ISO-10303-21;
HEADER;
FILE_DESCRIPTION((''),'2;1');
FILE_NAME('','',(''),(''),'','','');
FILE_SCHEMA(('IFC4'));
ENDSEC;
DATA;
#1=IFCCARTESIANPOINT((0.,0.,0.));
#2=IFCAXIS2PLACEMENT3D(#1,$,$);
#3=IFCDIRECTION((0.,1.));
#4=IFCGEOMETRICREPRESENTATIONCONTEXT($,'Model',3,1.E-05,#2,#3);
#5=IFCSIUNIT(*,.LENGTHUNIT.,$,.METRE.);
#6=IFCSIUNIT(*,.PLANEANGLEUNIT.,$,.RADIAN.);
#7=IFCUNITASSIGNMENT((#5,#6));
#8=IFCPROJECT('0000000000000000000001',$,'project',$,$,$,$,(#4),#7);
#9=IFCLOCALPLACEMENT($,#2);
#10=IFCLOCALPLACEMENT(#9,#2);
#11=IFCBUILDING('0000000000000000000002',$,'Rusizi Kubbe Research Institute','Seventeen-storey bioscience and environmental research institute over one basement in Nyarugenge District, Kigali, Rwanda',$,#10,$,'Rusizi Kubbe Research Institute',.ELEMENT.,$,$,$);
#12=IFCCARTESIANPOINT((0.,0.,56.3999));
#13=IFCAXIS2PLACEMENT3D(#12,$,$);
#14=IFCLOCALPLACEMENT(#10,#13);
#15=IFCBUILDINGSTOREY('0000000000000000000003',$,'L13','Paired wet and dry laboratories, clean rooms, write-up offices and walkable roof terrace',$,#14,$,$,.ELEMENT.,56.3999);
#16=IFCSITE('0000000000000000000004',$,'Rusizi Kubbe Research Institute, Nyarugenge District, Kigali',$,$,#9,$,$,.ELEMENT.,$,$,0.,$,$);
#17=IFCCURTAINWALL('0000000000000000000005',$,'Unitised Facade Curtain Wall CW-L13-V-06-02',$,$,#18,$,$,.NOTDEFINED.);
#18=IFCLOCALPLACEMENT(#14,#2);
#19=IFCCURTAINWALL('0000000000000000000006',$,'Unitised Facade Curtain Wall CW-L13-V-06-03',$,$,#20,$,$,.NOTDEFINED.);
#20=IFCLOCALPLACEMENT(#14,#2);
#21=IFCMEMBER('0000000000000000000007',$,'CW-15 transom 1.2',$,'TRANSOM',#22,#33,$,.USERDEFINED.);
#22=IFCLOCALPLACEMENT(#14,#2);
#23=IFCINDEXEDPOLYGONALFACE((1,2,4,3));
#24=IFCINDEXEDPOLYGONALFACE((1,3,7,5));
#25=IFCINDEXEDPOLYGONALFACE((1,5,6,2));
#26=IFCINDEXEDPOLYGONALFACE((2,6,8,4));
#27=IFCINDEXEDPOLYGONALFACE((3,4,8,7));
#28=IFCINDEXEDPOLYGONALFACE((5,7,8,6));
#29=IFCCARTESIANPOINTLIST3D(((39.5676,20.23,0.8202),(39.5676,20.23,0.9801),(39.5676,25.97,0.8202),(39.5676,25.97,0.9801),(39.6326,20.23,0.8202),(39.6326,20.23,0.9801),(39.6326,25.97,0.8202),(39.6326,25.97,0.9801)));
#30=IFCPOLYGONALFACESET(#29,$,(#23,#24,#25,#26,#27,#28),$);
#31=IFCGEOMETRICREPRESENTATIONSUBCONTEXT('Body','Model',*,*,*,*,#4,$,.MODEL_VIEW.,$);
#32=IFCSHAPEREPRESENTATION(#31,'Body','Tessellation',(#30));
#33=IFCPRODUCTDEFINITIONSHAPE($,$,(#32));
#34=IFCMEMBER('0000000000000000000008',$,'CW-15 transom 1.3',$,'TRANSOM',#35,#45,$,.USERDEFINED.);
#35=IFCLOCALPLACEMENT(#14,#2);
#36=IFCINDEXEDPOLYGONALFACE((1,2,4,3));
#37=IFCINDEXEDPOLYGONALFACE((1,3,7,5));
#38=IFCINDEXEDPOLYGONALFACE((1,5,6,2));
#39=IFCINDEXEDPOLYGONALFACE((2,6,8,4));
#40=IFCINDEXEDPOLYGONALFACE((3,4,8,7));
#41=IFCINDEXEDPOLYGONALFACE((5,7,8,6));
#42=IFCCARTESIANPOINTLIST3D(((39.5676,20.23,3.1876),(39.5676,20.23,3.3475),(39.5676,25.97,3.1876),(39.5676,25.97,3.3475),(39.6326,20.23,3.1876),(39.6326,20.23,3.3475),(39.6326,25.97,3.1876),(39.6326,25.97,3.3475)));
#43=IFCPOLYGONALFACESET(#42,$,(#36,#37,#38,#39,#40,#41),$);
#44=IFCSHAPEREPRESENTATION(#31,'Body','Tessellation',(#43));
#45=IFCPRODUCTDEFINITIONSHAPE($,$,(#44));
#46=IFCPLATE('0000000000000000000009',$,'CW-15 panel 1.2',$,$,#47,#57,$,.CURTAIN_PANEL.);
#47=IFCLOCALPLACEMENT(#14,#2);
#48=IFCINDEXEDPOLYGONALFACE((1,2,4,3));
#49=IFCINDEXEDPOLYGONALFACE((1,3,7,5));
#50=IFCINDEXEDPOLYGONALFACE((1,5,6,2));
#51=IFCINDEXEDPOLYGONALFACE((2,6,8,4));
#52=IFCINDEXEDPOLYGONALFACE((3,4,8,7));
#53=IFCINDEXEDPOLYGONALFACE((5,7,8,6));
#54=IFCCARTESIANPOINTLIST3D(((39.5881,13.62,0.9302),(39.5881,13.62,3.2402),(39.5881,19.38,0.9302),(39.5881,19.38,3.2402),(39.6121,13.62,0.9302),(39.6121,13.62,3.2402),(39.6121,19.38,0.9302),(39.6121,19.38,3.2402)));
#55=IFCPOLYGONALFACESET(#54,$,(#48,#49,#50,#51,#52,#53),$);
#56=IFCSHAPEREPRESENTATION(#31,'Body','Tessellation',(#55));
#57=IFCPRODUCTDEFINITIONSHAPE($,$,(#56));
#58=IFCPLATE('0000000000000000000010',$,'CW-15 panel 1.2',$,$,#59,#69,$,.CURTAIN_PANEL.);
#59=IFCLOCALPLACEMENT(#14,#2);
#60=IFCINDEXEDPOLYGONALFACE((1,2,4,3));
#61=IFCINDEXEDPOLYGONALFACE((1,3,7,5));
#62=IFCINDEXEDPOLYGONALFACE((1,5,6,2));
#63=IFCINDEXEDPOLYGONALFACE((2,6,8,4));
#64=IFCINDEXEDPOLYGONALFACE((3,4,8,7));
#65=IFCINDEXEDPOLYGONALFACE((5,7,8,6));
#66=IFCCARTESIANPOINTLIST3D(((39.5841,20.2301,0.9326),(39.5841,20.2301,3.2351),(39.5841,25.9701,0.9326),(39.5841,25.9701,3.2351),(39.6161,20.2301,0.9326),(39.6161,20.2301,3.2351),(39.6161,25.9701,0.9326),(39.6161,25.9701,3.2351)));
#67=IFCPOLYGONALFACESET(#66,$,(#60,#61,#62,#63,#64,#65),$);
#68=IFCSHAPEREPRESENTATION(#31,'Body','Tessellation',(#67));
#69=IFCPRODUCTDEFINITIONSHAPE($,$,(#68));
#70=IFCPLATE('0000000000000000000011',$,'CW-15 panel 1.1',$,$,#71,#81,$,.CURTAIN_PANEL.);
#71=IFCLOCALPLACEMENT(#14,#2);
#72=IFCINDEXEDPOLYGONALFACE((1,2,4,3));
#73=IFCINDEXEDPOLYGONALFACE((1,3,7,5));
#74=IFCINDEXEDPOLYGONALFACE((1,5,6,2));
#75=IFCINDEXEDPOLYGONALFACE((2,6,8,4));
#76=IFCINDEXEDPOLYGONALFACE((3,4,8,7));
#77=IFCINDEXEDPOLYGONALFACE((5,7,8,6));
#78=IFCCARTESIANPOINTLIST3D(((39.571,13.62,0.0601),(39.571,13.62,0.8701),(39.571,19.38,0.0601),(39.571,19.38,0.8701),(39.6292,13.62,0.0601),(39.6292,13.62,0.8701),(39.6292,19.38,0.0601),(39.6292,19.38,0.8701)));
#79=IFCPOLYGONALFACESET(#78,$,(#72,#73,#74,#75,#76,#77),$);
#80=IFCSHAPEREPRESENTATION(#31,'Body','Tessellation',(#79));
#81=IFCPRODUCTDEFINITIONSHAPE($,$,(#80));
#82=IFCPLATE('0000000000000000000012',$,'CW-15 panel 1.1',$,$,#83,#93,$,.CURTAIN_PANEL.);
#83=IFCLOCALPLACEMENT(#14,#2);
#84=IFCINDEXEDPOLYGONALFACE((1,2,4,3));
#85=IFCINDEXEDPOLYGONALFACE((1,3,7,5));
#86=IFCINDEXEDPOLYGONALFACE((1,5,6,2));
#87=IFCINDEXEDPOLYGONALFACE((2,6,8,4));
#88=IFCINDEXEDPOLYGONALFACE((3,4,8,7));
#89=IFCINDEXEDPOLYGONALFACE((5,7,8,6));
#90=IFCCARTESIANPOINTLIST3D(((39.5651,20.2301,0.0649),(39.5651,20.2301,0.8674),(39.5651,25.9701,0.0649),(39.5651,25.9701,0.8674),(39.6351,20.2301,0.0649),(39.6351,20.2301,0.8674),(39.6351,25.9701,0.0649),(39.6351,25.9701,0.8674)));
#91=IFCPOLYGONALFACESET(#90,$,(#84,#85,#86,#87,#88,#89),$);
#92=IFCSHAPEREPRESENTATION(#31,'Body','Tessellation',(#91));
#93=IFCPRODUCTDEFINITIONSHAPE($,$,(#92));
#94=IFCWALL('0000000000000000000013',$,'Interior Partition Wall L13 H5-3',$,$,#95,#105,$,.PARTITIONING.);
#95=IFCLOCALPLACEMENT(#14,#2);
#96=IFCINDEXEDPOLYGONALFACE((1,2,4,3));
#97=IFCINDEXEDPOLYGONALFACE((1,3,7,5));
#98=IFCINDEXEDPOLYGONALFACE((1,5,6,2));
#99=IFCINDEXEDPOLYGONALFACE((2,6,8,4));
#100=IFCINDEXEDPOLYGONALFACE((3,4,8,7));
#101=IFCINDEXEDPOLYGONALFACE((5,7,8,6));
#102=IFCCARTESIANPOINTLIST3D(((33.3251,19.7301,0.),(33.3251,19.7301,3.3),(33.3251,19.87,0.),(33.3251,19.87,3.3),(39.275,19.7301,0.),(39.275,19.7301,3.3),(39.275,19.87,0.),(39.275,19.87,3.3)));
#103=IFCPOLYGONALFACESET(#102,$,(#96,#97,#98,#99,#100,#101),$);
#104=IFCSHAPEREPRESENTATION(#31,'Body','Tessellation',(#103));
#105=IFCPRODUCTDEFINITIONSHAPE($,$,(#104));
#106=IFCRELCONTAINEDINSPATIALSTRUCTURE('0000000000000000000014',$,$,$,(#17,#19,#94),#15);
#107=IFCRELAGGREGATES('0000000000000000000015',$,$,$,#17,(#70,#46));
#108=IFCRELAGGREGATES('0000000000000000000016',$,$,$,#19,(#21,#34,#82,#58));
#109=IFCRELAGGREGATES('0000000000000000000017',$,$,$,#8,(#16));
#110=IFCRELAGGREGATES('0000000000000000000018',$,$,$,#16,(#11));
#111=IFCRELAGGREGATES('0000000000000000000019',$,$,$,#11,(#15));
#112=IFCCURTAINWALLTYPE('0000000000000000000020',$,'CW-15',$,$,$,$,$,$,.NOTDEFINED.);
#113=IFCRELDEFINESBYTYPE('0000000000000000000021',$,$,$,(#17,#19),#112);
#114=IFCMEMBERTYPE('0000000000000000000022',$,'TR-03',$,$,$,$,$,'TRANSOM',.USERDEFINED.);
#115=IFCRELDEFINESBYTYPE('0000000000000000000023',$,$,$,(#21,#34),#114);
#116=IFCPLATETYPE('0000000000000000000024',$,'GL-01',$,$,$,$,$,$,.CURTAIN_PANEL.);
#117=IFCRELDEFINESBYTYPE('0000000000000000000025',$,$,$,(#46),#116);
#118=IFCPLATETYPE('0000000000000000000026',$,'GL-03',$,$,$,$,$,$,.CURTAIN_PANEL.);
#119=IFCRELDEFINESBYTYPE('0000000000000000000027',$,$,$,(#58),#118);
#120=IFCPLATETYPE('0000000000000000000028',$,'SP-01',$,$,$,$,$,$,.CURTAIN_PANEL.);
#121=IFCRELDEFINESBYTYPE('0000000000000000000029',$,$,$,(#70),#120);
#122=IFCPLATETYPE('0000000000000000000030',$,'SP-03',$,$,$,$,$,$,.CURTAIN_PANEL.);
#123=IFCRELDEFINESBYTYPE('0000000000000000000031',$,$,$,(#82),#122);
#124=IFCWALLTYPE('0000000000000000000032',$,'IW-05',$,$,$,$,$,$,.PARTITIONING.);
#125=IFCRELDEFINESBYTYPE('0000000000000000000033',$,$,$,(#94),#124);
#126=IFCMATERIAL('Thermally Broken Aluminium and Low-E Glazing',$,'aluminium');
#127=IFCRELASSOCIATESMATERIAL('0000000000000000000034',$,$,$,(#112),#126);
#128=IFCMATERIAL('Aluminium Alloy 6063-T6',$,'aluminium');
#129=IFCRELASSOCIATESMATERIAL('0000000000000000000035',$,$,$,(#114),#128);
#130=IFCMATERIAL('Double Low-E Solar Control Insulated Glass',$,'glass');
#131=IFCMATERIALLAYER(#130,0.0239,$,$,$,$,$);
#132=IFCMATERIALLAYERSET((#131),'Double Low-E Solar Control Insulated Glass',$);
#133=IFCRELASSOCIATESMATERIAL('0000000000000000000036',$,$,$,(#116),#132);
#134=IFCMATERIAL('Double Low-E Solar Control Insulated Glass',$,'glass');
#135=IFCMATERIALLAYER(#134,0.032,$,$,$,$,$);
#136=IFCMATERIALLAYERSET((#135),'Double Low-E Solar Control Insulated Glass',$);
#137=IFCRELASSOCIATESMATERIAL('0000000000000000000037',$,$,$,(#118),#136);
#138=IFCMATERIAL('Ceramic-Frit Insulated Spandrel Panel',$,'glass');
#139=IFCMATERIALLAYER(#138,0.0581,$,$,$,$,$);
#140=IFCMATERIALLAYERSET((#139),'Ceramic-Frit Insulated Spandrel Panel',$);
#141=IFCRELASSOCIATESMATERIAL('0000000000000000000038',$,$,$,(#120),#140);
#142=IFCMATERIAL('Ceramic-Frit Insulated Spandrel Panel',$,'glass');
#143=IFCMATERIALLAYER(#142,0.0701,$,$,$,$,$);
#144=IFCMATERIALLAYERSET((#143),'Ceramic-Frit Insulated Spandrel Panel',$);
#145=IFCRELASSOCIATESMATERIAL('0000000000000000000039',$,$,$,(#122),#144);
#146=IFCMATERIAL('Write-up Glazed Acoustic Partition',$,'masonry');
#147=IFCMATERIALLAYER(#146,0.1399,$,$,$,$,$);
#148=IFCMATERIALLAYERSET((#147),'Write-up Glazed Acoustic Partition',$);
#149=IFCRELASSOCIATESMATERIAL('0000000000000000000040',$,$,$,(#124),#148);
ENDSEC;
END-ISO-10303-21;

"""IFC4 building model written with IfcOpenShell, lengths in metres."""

from ifc_helpers import new_model, si_unit, direction, frame, frame_2d, origin, origin_2d, place, context, subcontext, project, spatial, rectangle, extrude, material, layer, layer_set, material_profile, profile_set, type_object, element, aggregate, save


model = new_model("IFC4")

# Units and contexts
model_context = context("Model", 3, precision=1e-05, world=origin(), true_north=direction((0.0, 1.0)))
body_context = subcontext(model_context, "Body", "Model", "MODEL_VIEW")
ifc_project = project(units=[si_unit("LENGTHUNIT", "METRE"), si_unit("PLANEANGLEUNIT", "RADIAN")], contexts=[model_context])

# Site, building, storey
site_placement = place(None, origin())
site = spatial("IfcSite", under=ifc_project, at=site_placement, Name="Rusizi Kubbe Research Institute, Nyarugenge District, Kigali", CompositionType="ELEMENT", RefElevation=0.0)
building_placement = place(site_placement, origin())
building = spatial("IfcBuilding", under=site, at=building_placement, Name="Rusizi Kubbe Research Institute", Description="Seventeen-storey bioscience and environmental research institute over one basement in Nyarugenge District, Kigali, Rwanda", LongName="Rusizi Kubbe Research Institute", CompositionType="ELEMENT")
storey_placement = place(building_placement, frame((0.0, 0.0, 56.3999)))
storey = spatial("IfcBuildingStorey", under=building, at=storey_placement, Name="L13", Description="Paired wet and dry laboratories, clean rooms, write-up offices and walkable roof terrace", CompositionType="ELEMENT", Elevation=56.3999)

# Curtain walls
ifc_material_1 = material(Name="Thermally Broken Aluminium and Low-E Glazing", Category="aluminium")
curtain_wall_type = type_object("IfcCurtainWallType", Name="CW-15", PredefinedType="NOTDEFINED", material=ifc_material_1)
curtain_wall_1_placement = place(storey_placement, origin())
curtain_wall_1 = element("IfcCurtainWall", 1, at=curtain_wall_1_placement, inside=storey, type_object=curtain_wall_type, Name="Unitised Facade Curtain Wall CW-L13-V-06-02", PredefinedType="NOTDEFINED")
curtain_wall_2_placement = place(storey_placement, origin())
curtain_wall_2 = element("IfcCurtainWall", 2, at=curtain_wall_2_placement, inside=storey, type_object=curtain_wall_type, Name="Unitised Facade Curtain Wall CW-L13-V-06-03", PredefinedType="NOTDEFINED")

# Members
ifc_material_2 = material(Name="Aluminium Alloy 6063-T6", Category="aluminium")
ifc_material_profile_1 = material_profile(ifc_material_2, rectangle(XDim=0.0649, YDim=0.1599, at=origin_2d()), Name="ALU-T 65x160")
ifc_profile_set_1 = profile_set([ifc_material_profile_1], Name="Aluminium Alloy 6063-T6")
member_type_1 = type_object("IfcMemberType", Name="TR-03", ElementType="TRANSOM", PredefinedType="USERDEFINED", material=ifc_profile_set_1)
member_1_placement = place(storey_placement, frame((39.6001, 20.23, 0.9001), z_axis=(0.0, 1.0, 0.0), x_axis=(-1.0, 0.0, 0.0)))
member_1 = element("IfcMember", 3, at=member_1_placement, type_object=member_type_1, Name="CW-15 transom 1.2", ObjectType="TRANSOM", PredefinedType="USERDEFINED", context=body_context, shape_type="SweptSolid", body=[
    extrude(rectangle(XDim=0.0649, YDim=0.1599, at=origin_2d()), origin(), (0.0, 0.0, 1.0), 5.74),
])
member_2_placement = place(storey_placement, frame((39.6001, 20.23, 3.2676), z_axis=(0.0, 1.0, 0.0), x_axis=(-1.0, 0.0, 0.0)))
member_2 = element("IfcMember", 4, at=member_2_placement, type_object=member_type_1, Name="CW-15 transom 1.3", ObjectType="TRANSOM", PredefinedType="USERDEFINED", context=body_context, shape_type="SweptSolid", body=[
    extrude(rectangle(XDim=0.0649, YDim=0.1599, at=origin_2d()), origin(), (0.0, 0.0, 1.0), 5.74),
])

# Plates
ifc_material_3 = material(Name="Double Low-E Solar Control Insulated Glass", Category="glass")
ifc_layer_1 = layer(ifc_material_3, 0.0239)
ifc_layer_set_1 = layer_set([ifc_layer_1], Name="Double Low-E Solar Control Insulated Glass")
plate_type_1 = type_object("IfcPlateType", Name="GL-01", PredefinedType="CURTAIN_PANEL", material=ifc_layer_set_1)
plate_1_placement = place(storey_placement, frame((39.6001, 16.5, 0.9302), z_axis=(0.0, 0.0, 1.0), x_axis=(0.0, 1.0, 0.0)))
plate_1 = element("IfcPlate", 5, at=plate_1_placement, type_object=plate_type_1, Name="CW-15 panel 1.2", PredefinedType="CURTAIN_PANEL", context=body_context, shape_type="SweptSolid", body=[
    extrude(rectangle(XDim=5.76, YDim=0.0239, at=origin_2d()), origin(), (0.0, 0.0, 1.0), 2.3101),
])
ifc_material_4 = material(Name="Double Low-E Solar Control Insulated Glass", Category="glass")
ifc_layer_2 = layer(ifc_material_4, 0.032)
ifc_layer_set_2 = layer_set([ifc_layer_2], Name="Double Low-E Solar Control Insulated Glass")
plate_type_2 = type_object("IfcPlateType", Name="GL-03", PredefinedType="CURTAIN_PANEL", material=ifc_layer_set_2)
plate_2_placement = place(storey_placement, frame((39.6001, 23.1001, 0.9326), z_axis=(0.0, 0.0, 1.0), x_axis=(0.0, 1.0, 0.0)))
plate_2 = element("IfcPlate", 6, at=plate_2_placement, type_object=plate_type_2, Name="CW-15 panel 1.2", PredefinedType="CURTAIN_PANEL", context=body_context, shape_type="SweptSolid", body=[
    extrude(rectangle(XDim=5.74, YDim=0.032, at=origin_2d()), origin(), (0.0, 0.0, 1.0), 2.3025),
])
ifc_material_5 = material(Name="Ceramic-Frit Insulated Spandrel Panel", Category="glass")
ifc_layer_3 = layer(ifc_material_5, 0.0581)
ifc_layer_set_3 = layer_set([ifc_layer_3], Name="Ceramic-Frit Insulated Spandrel Panel")
plate_type_3 = type_object("IfcPlateType", Name="SP-01", PredefinedType="CURTAIN_PANEL", material=ifc_layer_set_3)
plate_3_placement = place(storey_placement, frame((39.6001, 16.5, 0.0601), z_axis=(0.0, 0.0, 1.0), x_axis=(0.0, 1.0, 0.0)))
plate_3 = element("IfcPlate", 7, at=plate_3_placement, type_object=plate_type_3, Name="CW-15 panel 1.1", PredefinedType="CURTAIN_PANEL", context=body_context, shape_type="SweptSolid", body=[
    extrude(rectangle(XDim=5.76, YDim=0.0581, at=origin_2d()), origin(), (0.0, 0.0, 1.0), 0.8101),
])
aggregate(curtain_wall_1, [plate_3, plate_1])
ifc_material_6 = material(Name="Ceramic-Frit Insulated Spandrel Panel", Category="glass")
ifc_layer_4 = layer(ifc_material_6, 0.0701)
ifc_layer_set_4 = layer_set([ifc_layer_4], Name="Ceramic-Frit Insulated Spandrel Panel")
plate_type_4 = type_object("IfcPlateType", Name="SP-03", PredefinedType="CURTAIN_PANEL", material=ifc_layer_set_4)
plate_4_placement = place(storey_placement, frame((39.6001, 23.1001, 0.0649), z_axis=(0.0, 0.0, 1.0), x_axis=(0.0, 1.0, 0.0)))
plate_4 = element("IfcPlate", 8, at=plate_4_placement, type_object=plate_type_4, Name="CW-15 panel 1.1", PredefinedType="CURTAIN_PANEL", context=body_context, shape_type="SweptSolid", body=[
    extrude(rectangle(XDim=5.74, YDim=0.0701, at=origin_2d()), origin(), (0.0, 0.0, 1.0), 0.8025),
])
aggregate(curtain_wall_2, [member_1, member_2, plate_4, plate_2])

# Wall
ifc_material_7 = material(Name="Write-up Glazed Acoustic Partition", Category="masonry")
ifc_layer_5 = layer(ifc_material_7, 0.1399)
ifc_layer_set_5 = layer_set([ifc_layer_5], Name="Write-up Glazed Acoustic Partition")
wall_type_1 = type_object("IfcWallType", Name="IW-05", PredefinedType="PARTITIONING", material=ifc_layer_set_5)
wall_1_placement = place(storey_placement, frame((33.325, 19.8, 0.0), z_axis=(0.0, 0.0, 1.0), x_axis=(1.0, 0.0, 0.0)))
element("IfcWall", 9, at=wall_1_placement, inside=storey, type_object=wall_type_1, Name="Interior Partition Wall L13 H5-3", PredefinedType="PARTITIONING", context=body_context, shape_type="SweptSolid", body=[
    extrude(rectangle(XDim=5.95, YDim=0.1399, at=frame_2d((2.9751, 0.0))), origin(), (0.0, 0.0, 1.0), 3.3),
])

save(model, "model.ifc")
